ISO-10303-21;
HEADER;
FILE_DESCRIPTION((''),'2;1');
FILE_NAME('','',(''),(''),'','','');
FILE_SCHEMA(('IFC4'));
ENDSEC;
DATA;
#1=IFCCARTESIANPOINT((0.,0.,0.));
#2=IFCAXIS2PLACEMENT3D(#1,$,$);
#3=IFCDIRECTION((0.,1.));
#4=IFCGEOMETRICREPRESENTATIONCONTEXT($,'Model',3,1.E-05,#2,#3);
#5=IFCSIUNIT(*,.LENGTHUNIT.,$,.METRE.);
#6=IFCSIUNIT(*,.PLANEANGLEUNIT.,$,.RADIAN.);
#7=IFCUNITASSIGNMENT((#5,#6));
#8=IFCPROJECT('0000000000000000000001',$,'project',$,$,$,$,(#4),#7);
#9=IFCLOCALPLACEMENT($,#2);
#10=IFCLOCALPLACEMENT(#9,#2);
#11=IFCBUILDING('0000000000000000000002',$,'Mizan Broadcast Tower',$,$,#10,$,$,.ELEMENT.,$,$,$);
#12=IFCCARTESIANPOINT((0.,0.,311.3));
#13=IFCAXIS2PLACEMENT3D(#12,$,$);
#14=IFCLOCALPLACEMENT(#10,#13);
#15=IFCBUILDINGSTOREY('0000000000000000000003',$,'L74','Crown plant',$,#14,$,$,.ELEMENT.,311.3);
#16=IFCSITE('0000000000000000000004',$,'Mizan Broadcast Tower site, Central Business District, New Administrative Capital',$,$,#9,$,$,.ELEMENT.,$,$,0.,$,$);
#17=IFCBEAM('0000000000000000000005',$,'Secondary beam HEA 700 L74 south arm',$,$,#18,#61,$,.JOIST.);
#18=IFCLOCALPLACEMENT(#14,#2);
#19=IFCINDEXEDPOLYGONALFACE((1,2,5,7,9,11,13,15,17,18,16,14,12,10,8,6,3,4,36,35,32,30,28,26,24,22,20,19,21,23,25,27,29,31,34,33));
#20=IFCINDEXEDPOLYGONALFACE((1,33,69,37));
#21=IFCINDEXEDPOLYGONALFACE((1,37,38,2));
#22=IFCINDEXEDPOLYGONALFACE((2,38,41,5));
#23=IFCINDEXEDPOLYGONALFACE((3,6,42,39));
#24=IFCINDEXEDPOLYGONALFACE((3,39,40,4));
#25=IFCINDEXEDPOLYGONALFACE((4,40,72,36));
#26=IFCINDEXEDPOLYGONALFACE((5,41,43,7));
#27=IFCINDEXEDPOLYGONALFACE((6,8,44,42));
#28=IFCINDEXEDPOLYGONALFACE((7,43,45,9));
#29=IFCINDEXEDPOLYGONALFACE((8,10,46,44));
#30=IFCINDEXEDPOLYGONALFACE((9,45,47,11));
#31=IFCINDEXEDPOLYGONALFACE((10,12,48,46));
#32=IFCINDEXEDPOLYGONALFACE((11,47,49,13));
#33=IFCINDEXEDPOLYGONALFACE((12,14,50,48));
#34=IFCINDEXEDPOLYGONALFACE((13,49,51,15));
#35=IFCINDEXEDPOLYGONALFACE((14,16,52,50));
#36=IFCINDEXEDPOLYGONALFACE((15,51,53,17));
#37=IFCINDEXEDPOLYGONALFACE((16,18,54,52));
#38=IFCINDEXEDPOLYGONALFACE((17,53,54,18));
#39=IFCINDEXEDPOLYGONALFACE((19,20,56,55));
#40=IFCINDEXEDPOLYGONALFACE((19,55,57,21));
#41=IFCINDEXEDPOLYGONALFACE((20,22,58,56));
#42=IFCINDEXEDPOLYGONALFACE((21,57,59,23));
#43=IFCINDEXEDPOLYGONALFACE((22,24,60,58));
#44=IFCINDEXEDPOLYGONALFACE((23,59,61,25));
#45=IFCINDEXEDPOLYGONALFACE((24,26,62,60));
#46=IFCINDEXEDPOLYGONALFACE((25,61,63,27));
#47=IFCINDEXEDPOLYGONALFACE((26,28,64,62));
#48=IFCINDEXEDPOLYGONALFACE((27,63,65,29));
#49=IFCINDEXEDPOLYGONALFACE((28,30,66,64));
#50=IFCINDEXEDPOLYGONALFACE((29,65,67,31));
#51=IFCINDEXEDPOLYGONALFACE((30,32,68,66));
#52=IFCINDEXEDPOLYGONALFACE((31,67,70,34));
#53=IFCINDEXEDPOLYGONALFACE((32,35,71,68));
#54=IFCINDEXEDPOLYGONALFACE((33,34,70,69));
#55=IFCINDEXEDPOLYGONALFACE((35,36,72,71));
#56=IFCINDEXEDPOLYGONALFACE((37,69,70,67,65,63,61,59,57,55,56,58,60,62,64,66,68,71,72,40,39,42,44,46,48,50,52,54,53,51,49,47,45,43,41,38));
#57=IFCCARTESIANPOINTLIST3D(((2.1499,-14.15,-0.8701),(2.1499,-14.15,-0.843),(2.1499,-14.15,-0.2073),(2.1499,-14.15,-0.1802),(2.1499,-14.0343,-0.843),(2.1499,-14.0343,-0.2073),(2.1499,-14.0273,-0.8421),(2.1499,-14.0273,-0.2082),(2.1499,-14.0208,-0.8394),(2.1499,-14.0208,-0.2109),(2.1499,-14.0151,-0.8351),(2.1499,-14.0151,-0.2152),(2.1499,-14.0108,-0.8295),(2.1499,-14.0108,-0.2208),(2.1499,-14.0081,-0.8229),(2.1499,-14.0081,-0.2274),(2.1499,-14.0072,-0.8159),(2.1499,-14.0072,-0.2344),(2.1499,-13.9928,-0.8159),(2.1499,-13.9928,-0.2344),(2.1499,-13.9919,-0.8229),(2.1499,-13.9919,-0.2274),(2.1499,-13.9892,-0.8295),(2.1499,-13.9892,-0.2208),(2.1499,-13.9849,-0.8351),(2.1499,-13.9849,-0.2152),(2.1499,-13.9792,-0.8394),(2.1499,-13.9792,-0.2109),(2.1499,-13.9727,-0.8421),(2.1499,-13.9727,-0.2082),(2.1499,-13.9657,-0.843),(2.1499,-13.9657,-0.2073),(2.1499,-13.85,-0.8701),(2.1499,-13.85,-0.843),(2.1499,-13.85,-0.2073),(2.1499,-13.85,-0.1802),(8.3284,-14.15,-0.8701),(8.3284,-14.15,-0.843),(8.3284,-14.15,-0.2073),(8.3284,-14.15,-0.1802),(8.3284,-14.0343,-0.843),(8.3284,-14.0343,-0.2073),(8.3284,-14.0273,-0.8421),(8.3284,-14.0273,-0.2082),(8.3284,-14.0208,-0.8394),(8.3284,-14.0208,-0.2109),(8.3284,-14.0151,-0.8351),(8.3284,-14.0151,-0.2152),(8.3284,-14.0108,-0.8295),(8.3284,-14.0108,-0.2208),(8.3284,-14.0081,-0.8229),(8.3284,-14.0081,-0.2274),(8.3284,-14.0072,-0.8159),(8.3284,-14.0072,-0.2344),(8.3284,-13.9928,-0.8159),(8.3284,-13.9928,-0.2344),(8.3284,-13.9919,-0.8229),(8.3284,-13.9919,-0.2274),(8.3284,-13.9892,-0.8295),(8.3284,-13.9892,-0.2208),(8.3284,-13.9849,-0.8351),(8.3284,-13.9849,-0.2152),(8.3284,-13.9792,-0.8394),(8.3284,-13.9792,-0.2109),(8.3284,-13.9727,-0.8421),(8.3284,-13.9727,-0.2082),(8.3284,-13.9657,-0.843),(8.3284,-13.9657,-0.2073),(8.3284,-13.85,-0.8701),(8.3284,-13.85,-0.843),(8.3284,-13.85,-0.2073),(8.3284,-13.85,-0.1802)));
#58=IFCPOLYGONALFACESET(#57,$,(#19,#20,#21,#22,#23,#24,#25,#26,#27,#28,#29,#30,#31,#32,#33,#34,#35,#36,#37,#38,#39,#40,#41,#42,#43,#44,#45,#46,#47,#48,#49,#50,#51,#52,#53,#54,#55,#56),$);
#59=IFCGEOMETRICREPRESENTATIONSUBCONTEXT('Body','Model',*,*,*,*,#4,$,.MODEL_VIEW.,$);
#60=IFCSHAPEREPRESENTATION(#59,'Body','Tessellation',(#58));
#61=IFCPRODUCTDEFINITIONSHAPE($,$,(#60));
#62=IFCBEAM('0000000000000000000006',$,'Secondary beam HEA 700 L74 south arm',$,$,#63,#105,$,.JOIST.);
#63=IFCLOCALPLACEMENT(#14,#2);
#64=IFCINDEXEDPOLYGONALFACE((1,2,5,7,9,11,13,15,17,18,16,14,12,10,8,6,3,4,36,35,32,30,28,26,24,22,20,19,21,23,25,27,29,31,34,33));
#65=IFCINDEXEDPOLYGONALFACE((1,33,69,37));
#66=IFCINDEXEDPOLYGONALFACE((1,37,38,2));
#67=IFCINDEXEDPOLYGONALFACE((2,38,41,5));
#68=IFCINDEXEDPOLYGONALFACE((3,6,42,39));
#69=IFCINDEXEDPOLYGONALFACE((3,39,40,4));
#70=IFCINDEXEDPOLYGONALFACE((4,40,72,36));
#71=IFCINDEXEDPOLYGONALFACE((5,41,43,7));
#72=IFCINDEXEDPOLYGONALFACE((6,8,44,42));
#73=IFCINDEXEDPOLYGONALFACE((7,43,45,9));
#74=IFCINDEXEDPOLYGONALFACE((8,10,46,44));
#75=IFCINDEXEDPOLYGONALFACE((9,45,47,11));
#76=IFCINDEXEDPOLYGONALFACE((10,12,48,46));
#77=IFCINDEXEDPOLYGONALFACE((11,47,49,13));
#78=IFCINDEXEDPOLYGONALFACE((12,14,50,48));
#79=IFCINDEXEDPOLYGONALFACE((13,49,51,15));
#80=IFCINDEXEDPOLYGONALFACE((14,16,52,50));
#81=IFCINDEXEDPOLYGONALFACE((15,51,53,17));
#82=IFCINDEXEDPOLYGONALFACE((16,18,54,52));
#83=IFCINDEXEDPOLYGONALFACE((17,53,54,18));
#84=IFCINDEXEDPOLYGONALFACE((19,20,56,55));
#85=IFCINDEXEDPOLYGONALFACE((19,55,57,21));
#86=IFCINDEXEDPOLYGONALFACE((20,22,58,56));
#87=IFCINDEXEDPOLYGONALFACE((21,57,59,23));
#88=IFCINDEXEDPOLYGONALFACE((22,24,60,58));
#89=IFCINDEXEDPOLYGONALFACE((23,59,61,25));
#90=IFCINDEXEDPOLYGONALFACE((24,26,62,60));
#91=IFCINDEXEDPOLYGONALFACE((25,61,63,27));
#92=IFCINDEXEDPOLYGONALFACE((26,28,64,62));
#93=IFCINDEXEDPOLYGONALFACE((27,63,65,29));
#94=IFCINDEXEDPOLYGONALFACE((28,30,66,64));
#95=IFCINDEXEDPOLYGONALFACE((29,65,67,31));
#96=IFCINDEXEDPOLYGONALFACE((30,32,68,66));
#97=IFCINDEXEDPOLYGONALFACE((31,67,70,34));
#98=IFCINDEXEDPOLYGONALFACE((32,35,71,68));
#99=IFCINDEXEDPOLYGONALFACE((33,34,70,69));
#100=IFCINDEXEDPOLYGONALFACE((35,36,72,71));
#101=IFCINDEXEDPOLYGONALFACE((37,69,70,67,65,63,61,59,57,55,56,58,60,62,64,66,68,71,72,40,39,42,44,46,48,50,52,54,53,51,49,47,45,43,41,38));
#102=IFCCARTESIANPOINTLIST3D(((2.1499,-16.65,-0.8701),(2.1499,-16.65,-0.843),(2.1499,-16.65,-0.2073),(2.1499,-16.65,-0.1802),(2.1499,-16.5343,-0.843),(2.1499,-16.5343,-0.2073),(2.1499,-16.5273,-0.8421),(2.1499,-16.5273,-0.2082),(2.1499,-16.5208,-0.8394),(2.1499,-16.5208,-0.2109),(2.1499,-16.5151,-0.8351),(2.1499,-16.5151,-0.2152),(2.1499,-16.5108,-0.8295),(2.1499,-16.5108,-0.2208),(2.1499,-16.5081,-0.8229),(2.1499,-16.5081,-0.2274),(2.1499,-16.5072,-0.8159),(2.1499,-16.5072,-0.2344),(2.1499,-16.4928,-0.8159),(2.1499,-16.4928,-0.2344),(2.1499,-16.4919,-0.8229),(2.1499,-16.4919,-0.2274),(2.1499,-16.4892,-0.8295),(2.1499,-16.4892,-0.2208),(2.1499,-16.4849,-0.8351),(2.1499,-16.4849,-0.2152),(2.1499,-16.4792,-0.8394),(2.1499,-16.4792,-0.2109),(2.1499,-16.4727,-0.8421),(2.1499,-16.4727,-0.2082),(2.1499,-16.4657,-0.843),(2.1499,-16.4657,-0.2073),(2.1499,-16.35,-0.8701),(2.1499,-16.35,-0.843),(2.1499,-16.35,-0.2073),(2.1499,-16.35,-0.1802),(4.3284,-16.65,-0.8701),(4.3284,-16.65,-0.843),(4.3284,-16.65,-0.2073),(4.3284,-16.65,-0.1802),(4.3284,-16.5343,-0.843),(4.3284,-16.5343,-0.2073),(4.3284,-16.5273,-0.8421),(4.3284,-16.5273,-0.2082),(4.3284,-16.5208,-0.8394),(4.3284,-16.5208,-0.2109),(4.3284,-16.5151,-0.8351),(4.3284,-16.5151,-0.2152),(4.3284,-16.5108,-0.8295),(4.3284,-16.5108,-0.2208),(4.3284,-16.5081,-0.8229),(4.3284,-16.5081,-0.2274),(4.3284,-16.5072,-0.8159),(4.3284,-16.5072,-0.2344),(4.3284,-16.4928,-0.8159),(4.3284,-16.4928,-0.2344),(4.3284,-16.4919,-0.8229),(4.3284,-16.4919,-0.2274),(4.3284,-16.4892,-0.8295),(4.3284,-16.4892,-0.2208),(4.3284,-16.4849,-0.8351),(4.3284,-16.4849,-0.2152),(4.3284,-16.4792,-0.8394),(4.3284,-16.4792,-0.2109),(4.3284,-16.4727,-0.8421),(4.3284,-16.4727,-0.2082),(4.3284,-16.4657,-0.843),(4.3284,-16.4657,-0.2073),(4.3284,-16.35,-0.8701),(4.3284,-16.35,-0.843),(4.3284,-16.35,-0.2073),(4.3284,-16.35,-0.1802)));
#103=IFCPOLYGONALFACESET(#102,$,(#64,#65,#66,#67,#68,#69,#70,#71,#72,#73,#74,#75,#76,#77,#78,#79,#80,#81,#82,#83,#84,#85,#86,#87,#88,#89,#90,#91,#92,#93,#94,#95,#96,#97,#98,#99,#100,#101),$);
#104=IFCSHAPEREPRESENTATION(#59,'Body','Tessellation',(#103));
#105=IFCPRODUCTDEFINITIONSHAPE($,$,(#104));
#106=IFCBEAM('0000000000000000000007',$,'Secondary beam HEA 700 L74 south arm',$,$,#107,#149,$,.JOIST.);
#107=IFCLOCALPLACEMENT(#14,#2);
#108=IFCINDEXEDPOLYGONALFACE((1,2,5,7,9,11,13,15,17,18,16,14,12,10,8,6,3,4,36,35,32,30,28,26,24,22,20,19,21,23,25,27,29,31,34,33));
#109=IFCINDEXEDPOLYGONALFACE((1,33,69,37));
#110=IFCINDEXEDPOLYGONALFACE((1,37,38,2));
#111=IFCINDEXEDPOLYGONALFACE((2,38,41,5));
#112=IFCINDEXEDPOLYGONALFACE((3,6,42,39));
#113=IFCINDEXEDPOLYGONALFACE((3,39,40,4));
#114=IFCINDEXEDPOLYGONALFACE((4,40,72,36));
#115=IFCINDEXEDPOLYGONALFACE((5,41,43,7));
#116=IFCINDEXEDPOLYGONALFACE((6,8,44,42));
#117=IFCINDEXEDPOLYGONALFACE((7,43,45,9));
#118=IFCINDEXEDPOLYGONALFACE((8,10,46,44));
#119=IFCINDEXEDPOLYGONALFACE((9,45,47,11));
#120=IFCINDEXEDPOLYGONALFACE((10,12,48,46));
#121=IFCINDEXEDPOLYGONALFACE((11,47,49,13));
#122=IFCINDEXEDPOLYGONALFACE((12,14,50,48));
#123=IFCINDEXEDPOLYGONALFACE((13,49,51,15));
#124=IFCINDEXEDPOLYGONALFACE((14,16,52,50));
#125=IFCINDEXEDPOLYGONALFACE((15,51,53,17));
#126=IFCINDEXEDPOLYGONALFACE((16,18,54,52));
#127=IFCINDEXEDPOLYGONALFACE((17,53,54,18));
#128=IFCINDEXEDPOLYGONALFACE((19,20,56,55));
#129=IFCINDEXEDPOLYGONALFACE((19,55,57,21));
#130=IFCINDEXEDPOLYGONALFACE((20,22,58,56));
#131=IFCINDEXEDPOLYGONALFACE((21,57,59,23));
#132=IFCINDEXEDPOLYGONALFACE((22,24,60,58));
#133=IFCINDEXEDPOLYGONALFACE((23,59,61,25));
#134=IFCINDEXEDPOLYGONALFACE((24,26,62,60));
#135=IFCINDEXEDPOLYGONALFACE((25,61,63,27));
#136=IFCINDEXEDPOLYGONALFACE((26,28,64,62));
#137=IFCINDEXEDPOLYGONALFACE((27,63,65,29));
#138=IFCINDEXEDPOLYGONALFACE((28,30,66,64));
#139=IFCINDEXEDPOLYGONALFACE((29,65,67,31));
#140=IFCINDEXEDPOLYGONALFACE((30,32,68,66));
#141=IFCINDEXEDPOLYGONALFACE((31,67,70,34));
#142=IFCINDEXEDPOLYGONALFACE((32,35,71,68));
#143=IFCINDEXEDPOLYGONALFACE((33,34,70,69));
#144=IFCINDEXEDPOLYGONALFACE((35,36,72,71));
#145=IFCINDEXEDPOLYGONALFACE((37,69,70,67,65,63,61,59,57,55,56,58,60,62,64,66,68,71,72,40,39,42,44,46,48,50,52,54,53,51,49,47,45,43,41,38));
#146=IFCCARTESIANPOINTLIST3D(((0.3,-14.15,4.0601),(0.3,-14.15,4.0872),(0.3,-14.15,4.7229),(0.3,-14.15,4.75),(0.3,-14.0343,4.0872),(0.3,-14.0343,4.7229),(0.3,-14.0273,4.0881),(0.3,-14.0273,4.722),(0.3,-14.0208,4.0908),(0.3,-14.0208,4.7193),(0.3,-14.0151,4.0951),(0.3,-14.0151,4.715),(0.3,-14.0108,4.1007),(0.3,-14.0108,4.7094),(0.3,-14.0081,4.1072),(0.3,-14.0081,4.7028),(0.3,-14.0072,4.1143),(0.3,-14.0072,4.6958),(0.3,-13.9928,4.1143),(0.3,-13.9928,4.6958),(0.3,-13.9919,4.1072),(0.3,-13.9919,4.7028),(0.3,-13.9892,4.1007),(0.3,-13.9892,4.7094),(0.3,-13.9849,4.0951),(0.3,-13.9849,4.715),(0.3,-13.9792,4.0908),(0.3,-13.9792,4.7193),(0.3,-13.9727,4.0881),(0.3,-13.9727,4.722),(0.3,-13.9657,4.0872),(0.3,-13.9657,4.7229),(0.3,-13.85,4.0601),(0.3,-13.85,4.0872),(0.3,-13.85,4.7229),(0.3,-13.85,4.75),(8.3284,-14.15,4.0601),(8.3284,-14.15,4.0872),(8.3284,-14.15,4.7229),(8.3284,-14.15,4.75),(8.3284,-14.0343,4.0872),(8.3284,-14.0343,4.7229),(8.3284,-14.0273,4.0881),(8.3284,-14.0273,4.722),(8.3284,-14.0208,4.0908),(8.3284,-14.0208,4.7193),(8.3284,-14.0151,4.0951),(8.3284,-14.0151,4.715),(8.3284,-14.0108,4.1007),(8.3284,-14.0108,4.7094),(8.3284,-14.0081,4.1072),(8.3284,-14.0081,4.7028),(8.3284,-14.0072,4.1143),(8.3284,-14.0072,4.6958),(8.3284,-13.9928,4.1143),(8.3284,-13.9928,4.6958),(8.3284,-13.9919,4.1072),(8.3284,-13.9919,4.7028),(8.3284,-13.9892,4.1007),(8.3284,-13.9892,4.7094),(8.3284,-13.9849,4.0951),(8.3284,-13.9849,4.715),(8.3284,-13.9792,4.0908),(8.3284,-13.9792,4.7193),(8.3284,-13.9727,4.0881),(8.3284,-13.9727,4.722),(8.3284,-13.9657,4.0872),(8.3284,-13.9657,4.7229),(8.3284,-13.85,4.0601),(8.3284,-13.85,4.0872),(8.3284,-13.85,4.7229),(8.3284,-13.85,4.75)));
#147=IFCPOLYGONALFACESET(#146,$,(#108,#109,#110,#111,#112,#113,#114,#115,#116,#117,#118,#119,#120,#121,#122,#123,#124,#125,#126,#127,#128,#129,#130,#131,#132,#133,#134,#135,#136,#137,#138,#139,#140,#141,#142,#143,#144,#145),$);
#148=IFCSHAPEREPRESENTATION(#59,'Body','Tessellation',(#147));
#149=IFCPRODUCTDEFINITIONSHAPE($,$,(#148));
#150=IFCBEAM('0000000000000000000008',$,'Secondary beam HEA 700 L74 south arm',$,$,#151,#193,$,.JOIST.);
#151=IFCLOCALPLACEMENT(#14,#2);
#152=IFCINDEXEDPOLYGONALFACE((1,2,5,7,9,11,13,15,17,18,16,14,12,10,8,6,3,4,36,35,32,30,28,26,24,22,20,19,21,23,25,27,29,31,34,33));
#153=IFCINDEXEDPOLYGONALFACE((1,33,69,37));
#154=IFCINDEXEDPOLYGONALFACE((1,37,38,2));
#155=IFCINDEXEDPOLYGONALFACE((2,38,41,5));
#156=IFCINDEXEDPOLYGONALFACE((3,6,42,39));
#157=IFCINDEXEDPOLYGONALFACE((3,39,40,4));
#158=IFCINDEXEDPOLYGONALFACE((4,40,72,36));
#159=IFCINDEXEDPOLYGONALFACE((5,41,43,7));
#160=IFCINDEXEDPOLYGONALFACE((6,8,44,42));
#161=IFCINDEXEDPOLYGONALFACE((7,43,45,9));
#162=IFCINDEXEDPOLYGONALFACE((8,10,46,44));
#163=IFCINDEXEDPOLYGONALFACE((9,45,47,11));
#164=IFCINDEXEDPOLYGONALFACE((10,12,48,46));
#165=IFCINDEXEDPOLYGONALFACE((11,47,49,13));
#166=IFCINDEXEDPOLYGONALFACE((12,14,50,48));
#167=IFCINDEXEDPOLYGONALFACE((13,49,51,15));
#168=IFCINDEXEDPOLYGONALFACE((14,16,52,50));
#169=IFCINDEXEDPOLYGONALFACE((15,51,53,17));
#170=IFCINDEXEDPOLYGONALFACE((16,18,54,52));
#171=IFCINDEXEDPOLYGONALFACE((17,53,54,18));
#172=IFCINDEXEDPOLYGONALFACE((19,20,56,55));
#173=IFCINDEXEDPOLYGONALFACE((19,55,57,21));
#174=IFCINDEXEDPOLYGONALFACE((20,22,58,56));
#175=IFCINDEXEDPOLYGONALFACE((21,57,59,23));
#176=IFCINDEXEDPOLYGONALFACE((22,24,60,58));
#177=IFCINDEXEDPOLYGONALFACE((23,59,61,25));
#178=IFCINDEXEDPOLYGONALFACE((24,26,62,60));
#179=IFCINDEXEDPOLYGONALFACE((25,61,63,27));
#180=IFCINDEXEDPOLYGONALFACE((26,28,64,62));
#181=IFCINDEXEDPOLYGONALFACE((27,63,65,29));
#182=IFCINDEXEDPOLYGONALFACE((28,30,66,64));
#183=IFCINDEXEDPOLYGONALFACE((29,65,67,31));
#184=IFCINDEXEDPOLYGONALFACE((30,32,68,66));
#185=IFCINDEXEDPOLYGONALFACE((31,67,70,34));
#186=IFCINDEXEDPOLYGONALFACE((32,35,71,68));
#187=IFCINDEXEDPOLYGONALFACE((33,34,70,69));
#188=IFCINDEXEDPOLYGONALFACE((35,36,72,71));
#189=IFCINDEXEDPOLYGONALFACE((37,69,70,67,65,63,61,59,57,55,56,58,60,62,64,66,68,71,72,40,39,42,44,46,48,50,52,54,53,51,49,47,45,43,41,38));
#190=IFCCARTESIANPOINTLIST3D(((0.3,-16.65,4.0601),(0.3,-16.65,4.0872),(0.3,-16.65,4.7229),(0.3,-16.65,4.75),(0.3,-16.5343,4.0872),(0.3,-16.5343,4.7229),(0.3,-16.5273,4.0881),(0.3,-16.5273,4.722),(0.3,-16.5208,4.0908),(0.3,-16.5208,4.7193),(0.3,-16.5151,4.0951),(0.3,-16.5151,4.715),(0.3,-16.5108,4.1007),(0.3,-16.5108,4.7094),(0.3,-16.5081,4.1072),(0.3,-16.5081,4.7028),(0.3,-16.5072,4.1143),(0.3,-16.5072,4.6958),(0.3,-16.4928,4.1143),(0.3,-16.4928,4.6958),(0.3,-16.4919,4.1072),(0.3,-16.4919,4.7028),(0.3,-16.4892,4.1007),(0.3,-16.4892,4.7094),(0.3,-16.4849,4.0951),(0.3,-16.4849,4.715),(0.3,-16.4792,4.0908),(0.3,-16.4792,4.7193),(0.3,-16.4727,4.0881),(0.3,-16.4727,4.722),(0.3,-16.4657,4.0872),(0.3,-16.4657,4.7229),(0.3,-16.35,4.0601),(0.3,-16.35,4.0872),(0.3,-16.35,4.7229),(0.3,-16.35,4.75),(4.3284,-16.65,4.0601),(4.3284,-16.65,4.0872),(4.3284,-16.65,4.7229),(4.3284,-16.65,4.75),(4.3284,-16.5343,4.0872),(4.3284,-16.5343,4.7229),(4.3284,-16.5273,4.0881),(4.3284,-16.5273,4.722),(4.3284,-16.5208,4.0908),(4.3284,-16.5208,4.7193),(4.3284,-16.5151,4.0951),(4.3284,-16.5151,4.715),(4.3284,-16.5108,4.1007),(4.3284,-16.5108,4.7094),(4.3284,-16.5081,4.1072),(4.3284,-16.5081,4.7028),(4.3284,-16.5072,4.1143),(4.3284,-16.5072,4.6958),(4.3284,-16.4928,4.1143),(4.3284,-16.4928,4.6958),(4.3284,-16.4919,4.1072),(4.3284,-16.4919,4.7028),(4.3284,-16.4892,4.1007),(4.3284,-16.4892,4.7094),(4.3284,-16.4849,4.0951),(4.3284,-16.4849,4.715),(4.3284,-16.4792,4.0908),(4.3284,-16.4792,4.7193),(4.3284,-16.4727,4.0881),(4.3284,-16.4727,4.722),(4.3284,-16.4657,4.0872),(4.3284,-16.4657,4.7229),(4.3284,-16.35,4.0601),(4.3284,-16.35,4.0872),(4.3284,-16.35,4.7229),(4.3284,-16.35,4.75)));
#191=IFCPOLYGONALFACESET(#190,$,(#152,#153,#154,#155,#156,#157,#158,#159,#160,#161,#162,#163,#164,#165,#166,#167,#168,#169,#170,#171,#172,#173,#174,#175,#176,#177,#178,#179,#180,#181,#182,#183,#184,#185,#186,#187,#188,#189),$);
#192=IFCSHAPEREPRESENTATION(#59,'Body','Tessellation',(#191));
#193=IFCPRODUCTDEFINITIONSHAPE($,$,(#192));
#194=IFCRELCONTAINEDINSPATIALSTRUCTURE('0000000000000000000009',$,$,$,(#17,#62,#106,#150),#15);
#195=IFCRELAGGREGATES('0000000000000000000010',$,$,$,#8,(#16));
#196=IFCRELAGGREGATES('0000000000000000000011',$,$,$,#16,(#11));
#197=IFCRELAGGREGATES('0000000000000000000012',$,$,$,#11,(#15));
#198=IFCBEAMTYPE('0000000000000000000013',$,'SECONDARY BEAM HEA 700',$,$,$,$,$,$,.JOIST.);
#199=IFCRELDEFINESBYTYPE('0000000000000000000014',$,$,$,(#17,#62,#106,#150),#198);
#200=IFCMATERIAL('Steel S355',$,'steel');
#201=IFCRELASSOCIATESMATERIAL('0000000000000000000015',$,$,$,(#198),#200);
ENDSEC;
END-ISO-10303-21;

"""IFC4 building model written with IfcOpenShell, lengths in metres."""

from ifc_helpers import new_model, si_unit, direction, frame, origin, origin_2d, place, context, subcontext, project, spatial, i_section, extrude, material, material_profile, profile_set, type_object, element, save


model = new_model("IFC4")

# Units and contexts
model_context = context("Model", 3, precision=1e-05, world=origin(), true_north=direction((0.0, 1.0)))
body_context = subcontext(model_context, "Body", "Model", "MODEL_VIEW")
ifc_project = project(units=[si_unit("LENGTHUNIT", "METRE"), si_unit("PLANEANGLEUNIT", "RADIAN")], contexts=[model_context])

# Site, building, storey
site_placement = place(None, origin())
site = spatial("IfcSite", under=ifc_project, at=site_placement, Name="Mizan Broadcast Tower site, Central Business District, New Administrative Capital", CompositionType="ELEMENT", RefElevation=0.0)
building_placement = place(site_placement, origin())
building = spatial("IfcBuilding", under=site, at=building_placement, Name="Mizan Broadcast Tower", CompositionType="ELEMENT")
storey_placement = place(building_placement, frame((0.0, 0.0, 311.3)))
storey = spatial("IfcBuildingStorey", under=building, at=storey_placement, Name="L74", Description="Crown plant", CompositionType="ELEMENT", Elevation=311.3)

# Beams
ifc_material_1 = material(Name="Steel S355", Category="steel")
ifc_material_profile_1 = material_profile(ifc_material_1, i_section(OverallWidth=0.3, OverallDepth=0.6899, WebThickness=0.0144, FlangeThickness=0.0271, FilletRadius=0.0271, at=origin_2d()), Name="HEA 700")
ifc_profile_set_1 = profile_set([ifc_material_profile_1], Name="Steel S355")
beam_type_1 = type_object("IfcBeamType", Name="SECONDARY BEAM HEA 700", PredefinedType="JOIST", material=ifc_profile_set_1)
beam_1_placement = place(storey_placement, frame((8.3284, -14.0, -0.5251), z_axis=(-1.0, 0.0, 0.0), x_axis=(0.0, -1.0, 0.0)))
element("IfcBeam", 1, at=beam_1_placement, inside=storey, type_object=beam_type_1, Name="Secondary beam HEA 700 L74 south arm", PredefinedType="JOIST", context=body_context, shape_type="SweptSolid", body=[
    extrude(i_section(OverallWidth=0.3, OverallDepth=0.6899, WebThickness=0.0144, FlangeThickness=0.0271, FilletRadius=0.0271, at=origin_2d()), origin(), (0.0, 0.0, 1.0), 6.1785),
])
beam_2_placement = place(storey_placement, frame((4.3284, -16.5, -0.5251), z_axis=(-1.0, 0.0, 0.0), x_axis=(0.0, -1.0, 0.0)))
element("IfcBeam", 2, at=beam_2_placement, inside=storey, type_object=beam_type_1, Name="Secondary beam HEA 700 L74 south arm", PredefinedType="JOIST", context=body_context, shape_type="SweptSolid", body=[
    extrude(i_section(OverallWidth=0.3, OverallDepth=0.6899, WebThickness=0.0144, FlangeThickness=0.0271, FilletRadius=0.0271, at=origin_2d()), origin(), (0.0, 0.0, 1.0), 2.1785),
])
beam_3_placement = place(storey_placement, frame((8.3284, -14.0, 4.405), z_axis=(-1.0, 0.0, 0.0), x_axis=(0.0, -1.0, 0.0)))
element("IfcBeam", 3, at=beam_3_placement, inside=storey, type_object=beam_type_1, Name="Secondary beam HEA 700 L74 south arm", PredefinedType="JOIST", context=body_context, shape_type="SweptSolid", body=[
    extrude(i_section(OverallWidth=0.3, OverallDepth=0.6899, WebThickness=0.0144, FlangeThickness=0.0271, FilletRadius=0.0271, at=origin_2d()), origin(), (0.0, 0.0, 1.0), 8.0283),
])
beam_4_placement = place(storey_placement, frame((4.3284, -16.5, 4.405), z_axis=(-1.0, 0.0, 0.0), x_axis=(0.0, -1.0, 0.0)))
element("IfcBeam", 4, at=beam_4_placement, inside=storey, type_object=beam_type_1, Name="Secondary beam HEA 700 L74 south arm", PredefinedType="JOIST", context=body_context, shape_type="SweptSolid", body=[
    extrude(i_section(OverallWidth=0.3, OverallDepth=0.6899, WebThickness=0.0144, FlangeThickness=0.0271, FilletRadius=0.0271, at=origin_2d()), origin(), (0.0, 0.0, 1.0), 4.0283),
])

save(model, "model.ifc")
